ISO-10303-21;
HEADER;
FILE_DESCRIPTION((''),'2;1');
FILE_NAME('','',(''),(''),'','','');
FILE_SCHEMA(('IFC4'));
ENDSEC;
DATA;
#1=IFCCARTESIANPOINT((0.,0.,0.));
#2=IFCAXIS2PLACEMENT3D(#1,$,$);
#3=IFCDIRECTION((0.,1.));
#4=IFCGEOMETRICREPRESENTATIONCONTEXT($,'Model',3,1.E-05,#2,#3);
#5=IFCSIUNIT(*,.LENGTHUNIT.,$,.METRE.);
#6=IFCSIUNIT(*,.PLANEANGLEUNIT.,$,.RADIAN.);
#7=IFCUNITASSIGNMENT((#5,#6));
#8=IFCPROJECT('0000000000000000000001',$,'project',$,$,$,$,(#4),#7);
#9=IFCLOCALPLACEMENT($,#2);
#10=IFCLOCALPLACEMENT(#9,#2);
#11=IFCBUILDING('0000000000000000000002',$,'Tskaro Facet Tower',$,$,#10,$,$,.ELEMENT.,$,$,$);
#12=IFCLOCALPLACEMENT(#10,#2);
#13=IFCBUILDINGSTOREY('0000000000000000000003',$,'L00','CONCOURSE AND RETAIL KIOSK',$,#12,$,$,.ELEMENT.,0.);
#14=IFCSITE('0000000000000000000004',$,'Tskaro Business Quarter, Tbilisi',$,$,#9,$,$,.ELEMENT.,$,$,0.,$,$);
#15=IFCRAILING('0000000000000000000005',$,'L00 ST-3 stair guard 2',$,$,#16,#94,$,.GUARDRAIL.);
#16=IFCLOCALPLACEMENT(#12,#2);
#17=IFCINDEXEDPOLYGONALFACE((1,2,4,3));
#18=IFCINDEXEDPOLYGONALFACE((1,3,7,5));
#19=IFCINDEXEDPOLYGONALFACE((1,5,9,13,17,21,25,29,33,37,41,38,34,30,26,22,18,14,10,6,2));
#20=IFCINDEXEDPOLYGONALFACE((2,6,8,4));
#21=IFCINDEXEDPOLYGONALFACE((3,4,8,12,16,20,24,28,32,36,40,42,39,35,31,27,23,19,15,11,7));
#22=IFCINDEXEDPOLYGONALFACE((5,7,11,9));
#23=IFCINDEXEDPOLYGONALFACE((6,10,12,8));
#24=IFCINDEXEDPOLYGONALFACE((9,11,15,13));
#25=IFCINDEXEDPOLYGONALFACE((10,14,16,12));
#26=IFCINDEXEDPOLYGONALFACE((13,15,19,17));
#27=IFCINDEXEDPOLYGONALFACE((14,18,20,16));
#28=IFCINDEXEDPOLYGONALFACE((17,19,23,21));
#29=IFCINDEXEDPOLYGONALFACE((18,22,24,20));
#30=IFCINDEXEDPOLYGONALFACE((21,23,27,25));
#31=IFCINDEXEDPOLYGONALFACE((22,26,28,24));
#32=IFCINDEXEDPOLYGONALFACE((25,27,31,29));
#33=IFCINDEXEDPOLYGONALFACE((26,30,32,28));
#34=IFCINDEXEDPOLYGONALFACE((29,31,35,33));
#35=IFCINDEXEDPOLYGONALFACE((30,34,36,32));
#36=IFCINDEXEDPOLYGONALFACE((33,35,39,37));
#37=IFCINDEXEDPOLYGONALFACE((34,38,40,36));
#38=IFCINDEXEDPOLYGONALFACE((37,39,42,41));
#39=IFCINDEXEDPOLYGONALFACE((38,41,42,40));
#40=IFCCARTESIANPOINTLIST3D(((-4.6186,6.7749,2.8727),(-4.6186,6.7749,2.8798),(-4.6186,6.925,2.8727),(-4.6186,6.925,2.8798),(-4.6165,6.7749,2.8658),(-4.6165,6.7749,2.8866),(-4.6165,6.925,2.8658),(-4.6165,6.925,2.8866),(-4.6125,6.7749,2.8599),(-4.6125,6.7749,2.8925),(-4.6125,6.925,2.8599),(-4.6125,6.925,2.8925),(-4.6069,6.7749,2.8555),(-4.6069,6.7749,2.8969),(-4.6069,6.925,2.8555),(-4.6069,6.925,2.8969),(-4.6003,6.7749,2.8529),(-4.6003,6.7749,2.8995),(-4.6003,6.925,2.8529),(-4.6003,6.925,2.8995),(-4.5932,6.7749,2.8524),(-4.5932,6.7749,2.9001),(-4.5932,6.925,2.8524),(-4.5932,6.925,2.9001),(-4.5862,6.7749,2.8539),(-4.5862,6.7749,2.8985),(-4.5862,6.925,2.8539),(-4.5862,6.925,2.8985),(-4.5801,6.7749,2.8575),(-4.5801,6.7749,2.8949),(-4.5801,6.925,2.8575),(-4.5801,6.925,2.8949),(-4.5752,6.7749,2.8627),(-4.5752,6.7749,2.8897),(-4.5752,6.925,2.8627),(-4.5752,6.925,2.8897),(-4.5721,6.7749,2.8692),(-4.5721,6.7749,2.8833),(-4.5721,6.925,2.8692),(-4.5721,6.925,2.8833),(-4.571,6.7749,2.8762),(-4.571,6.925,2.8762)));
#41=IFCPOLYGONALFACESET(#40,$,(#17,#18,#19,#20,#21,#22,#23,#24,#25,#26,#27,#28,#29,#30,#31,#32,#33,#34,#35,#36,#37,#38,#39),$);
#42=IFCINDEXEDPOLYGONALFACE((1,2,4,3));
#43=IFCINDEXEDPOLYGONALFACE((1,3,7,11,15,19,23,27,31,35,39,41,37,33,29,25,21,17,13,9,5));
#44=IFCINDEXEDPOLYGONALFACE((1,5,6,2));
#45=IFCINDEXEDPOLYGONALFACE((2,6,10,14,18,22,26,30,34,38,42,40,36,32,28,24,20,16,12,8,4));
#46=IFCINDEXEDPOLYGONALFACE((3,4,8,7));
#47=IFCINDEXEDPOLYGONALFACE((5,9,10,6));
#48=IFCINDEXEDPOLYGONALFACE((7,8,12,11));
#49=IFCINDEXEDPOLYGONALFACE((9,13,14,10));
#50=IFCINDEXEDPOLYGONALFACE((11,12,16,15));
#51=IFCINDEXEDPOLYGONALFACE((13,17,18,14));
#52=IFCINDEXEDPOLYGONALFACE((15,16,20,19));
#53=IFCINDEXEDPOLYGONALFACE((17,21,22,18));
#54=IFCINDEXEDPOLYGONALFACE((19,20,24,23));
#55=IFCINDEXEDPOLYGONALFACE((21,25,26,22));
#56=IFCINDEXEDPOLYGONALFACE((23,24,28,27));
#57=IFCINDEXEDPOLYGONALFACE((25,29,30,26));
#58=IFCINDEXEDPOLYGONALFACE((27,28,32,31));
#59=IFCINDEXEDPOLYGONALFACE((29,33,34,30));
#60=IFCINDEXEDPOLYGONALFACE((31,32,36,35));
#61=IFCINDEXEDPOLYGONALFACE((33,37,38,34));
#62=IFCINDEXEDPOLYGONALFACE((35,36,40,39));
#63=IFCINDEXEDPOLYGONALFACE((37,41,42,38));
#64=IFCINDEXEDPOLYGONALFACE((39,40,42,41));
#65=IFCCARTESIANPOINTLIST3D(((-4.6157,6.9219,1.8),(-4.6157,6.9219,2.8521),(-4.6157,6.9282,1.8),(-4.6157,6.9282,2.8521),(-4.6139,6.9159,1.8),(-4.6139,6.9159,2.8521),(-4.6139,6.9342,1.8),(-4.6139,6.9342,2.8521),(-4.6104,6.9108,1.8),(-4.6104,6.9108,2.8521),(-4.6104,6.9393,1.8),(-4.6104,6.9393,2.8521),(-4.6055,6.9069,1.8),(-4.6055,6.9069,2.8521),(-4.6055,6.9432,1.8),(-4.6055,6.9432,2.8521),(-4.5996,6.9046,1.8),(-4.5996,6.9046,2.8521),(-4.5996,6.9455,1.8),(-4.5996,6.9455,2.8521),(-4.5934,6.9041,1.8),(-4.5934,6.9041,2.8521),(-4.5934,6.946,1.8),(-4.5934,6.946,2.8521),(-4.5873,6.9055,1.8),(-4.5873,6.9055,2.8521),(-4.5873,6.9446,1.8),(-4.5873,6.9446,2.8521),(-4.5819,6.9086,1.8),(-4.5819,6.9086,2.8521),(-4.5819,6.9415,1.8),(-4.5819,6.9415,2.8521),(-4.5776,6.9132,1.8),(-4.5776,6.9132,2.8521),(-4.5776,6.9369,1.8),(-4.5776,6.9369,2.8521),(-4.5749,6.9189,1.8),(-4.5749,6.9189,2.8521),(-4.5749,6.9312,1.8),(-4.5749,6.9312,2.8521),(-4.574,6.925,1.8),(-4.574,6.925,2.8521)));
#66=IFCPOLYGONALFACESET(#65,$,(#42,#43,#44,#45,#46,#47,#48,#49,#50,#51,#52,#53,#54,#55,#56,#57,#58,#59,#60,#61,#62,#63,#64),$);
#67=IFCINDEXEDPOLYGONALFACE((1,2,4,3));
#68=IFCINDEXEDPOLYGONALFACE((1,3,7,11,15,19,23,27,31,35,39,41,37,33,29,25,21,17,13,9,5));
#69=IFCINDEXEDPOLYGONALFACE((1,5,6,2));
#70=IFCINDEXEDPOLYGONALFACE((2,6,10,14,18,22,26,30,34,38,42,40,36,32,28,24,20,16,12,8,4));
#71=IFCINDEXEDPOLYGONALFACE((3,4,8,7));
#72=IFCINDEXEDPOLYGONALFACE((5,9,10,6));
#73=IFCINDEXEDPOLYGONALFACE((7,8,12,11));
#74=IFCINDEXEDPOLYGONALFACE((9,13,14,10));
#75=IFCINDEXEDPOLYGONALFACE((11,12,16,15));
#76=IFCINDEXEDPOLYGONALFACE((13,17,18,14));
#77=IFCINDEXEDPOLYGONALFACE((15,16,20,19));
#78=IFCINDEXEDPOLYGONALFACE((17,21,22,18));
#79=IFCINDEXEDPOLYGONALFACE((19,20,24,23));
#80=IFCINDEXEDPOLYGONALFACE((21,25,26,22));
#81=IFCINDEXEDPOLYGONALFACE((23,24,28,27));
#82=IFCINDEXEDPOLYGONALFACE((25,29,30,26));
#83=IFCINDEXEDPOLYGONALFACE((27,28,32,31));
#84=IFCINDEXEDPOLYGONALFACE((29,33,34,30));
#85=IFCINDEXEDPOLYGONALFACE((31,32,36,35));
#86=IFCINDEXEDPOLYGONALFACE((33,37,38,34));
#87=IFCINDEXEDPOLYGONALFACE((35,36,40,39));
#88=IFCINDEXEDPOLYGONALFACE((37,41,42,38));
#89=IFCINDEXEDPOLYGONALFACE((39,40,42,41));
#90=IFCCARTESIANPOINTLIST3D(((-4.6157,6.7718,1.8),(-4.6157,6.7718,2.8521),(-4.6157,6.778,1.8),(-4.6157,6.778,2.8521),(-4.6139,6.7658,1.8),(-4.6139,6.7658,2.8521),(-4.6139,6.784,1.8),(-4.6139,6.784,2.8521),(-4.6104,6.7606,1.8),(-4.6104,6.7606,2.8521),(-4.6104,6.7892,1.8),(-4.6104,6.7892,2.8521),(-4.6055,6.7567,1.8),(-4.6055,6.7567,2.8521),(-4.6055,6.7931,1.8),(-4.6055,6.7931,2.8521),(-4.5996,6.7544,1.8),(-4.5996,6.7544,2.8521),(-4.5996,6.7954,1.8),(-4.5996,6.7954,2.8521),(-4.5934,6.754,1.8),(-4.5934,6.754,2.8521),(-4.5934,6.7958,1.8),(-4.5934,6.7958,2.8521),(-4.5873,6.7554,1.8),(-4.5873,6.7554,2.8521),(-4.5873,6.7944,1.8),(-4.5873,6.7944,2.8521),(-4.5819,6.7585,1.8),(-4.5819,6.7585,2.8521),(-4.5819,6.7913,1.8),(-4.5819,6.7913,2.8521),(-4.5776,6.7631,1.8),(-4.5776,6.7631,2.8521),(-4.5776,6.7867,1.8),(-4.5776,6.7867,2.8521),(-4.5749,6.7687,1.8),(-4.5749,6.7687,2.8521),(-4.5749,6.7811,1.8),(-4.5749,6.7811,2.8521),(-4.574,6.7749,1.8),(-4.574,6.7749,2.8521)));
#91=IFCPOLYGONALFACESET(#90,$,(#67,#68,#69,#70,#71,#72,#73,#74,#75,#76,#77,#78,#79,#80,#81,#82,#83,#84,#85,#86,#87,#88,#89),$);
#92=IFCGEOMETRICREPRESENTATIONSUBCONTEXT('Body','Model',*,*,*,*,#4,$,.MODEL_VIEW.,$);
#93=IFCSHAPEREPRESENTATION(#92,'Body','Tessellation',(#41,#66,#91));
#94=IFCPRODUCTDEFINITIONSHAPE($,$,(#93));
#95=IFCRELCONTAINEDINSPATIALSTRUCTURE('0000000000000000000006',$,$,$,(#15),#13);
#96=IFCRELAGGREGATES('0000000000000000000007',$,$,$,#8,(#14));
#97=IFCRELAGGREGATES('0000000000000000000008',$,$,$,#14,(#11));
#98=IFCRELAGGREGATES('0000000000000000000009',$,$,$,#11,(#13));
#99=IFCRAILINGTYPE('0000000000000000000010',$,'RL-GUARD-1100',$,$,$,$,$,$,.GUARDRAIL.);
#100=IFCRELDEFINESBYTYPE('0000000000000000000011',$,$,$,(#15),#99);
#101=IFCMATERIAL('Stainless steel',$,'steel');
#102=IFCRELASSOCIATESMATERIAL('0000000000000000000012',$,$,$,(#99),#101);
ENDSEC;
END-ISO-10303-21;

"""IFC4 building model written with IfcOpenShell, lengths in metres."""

from ifc_helpers import new_model, si_unit, direction, frame, origin, origin_2d, place, context, subcontext, project, spatial, circle, extrude, material, type_object, element, save


model = new_model("IFC4")

# Units and contexts
model_context = context("Model", 3, precision=1e-05, world=origin(), true_north=direction((0.0, 1.0)))
body_context = subcontext(model_context, "Body", "Model", "MODEL_VIEW")
ifc_project = project(units=[si_unit("LENGTHUNIT", "METRE"), si_unit("PLANEANGLEUNIT", "RADIAN")], contexts=[model_context])

# Site, building, storey
site_placement = place(None, origin())
site = spatial("IfcSite", under=ifc_project, at=site_placement, Name="Tskaro Business Quarter, Tbilisi", CompositionType="ELEMENT", RefElevation=0.0)
building_placement = place(site_placement, origin())
building = spatial("IfcBuilding", under=site, at=building_placement, Name="Tskaro Facet Tower", CompositionType="ELEMENT")
storey_placement = place(building_placement, origin())
storey = spatial("IfcBuildingStorey", under=building, at=storey_placement, Name="L00", Description="CONCOURSE AND RETAIL KIOSK", CompositionType="ELEMENT", Elevation=0.0)

# Railing
ifc_material_1 = material(Name="Stainless steel", Category="steel")
railing_type_1 = type_object("IfcRailingType", Name="RL-GUARD-1100", PredefinedType="GUARDRAIL", material=ifc_material_1)
railing_1_placement = place(storey_placement, frame((-4.595, 6.925, 1.8)))
element("IfcRailing", 1, at=railing_1_placement, inside=storey, type_object=railing_type_1, Name="L00 ST-3 stair guard 2", PredefinedType="GUARDRAIL", context=body_context, shape_type="SweptSolid", body=[
    extrude(circle(Radius=0.0239, at=origin_2d()), frame((0.0, 0.0, 1.0762), z_axis=(0.0, -1.0, 0.0), x_axis=(1.0, 0.0, 0.0)), (0.0, 0.0, 1.0), 0.1501),
    extrude(circle(Radius=0.021, at=origin_2d()), origin(), (0.0, 0.0, 1.0), 1.052),
    extrude(circle(Radius=0.021, at=origin_2d()), frame((0.0, -0.1501, 0.0)), (0.0, 0.0, 1.0), 1.052),
])

save(model, "model.ifc")
